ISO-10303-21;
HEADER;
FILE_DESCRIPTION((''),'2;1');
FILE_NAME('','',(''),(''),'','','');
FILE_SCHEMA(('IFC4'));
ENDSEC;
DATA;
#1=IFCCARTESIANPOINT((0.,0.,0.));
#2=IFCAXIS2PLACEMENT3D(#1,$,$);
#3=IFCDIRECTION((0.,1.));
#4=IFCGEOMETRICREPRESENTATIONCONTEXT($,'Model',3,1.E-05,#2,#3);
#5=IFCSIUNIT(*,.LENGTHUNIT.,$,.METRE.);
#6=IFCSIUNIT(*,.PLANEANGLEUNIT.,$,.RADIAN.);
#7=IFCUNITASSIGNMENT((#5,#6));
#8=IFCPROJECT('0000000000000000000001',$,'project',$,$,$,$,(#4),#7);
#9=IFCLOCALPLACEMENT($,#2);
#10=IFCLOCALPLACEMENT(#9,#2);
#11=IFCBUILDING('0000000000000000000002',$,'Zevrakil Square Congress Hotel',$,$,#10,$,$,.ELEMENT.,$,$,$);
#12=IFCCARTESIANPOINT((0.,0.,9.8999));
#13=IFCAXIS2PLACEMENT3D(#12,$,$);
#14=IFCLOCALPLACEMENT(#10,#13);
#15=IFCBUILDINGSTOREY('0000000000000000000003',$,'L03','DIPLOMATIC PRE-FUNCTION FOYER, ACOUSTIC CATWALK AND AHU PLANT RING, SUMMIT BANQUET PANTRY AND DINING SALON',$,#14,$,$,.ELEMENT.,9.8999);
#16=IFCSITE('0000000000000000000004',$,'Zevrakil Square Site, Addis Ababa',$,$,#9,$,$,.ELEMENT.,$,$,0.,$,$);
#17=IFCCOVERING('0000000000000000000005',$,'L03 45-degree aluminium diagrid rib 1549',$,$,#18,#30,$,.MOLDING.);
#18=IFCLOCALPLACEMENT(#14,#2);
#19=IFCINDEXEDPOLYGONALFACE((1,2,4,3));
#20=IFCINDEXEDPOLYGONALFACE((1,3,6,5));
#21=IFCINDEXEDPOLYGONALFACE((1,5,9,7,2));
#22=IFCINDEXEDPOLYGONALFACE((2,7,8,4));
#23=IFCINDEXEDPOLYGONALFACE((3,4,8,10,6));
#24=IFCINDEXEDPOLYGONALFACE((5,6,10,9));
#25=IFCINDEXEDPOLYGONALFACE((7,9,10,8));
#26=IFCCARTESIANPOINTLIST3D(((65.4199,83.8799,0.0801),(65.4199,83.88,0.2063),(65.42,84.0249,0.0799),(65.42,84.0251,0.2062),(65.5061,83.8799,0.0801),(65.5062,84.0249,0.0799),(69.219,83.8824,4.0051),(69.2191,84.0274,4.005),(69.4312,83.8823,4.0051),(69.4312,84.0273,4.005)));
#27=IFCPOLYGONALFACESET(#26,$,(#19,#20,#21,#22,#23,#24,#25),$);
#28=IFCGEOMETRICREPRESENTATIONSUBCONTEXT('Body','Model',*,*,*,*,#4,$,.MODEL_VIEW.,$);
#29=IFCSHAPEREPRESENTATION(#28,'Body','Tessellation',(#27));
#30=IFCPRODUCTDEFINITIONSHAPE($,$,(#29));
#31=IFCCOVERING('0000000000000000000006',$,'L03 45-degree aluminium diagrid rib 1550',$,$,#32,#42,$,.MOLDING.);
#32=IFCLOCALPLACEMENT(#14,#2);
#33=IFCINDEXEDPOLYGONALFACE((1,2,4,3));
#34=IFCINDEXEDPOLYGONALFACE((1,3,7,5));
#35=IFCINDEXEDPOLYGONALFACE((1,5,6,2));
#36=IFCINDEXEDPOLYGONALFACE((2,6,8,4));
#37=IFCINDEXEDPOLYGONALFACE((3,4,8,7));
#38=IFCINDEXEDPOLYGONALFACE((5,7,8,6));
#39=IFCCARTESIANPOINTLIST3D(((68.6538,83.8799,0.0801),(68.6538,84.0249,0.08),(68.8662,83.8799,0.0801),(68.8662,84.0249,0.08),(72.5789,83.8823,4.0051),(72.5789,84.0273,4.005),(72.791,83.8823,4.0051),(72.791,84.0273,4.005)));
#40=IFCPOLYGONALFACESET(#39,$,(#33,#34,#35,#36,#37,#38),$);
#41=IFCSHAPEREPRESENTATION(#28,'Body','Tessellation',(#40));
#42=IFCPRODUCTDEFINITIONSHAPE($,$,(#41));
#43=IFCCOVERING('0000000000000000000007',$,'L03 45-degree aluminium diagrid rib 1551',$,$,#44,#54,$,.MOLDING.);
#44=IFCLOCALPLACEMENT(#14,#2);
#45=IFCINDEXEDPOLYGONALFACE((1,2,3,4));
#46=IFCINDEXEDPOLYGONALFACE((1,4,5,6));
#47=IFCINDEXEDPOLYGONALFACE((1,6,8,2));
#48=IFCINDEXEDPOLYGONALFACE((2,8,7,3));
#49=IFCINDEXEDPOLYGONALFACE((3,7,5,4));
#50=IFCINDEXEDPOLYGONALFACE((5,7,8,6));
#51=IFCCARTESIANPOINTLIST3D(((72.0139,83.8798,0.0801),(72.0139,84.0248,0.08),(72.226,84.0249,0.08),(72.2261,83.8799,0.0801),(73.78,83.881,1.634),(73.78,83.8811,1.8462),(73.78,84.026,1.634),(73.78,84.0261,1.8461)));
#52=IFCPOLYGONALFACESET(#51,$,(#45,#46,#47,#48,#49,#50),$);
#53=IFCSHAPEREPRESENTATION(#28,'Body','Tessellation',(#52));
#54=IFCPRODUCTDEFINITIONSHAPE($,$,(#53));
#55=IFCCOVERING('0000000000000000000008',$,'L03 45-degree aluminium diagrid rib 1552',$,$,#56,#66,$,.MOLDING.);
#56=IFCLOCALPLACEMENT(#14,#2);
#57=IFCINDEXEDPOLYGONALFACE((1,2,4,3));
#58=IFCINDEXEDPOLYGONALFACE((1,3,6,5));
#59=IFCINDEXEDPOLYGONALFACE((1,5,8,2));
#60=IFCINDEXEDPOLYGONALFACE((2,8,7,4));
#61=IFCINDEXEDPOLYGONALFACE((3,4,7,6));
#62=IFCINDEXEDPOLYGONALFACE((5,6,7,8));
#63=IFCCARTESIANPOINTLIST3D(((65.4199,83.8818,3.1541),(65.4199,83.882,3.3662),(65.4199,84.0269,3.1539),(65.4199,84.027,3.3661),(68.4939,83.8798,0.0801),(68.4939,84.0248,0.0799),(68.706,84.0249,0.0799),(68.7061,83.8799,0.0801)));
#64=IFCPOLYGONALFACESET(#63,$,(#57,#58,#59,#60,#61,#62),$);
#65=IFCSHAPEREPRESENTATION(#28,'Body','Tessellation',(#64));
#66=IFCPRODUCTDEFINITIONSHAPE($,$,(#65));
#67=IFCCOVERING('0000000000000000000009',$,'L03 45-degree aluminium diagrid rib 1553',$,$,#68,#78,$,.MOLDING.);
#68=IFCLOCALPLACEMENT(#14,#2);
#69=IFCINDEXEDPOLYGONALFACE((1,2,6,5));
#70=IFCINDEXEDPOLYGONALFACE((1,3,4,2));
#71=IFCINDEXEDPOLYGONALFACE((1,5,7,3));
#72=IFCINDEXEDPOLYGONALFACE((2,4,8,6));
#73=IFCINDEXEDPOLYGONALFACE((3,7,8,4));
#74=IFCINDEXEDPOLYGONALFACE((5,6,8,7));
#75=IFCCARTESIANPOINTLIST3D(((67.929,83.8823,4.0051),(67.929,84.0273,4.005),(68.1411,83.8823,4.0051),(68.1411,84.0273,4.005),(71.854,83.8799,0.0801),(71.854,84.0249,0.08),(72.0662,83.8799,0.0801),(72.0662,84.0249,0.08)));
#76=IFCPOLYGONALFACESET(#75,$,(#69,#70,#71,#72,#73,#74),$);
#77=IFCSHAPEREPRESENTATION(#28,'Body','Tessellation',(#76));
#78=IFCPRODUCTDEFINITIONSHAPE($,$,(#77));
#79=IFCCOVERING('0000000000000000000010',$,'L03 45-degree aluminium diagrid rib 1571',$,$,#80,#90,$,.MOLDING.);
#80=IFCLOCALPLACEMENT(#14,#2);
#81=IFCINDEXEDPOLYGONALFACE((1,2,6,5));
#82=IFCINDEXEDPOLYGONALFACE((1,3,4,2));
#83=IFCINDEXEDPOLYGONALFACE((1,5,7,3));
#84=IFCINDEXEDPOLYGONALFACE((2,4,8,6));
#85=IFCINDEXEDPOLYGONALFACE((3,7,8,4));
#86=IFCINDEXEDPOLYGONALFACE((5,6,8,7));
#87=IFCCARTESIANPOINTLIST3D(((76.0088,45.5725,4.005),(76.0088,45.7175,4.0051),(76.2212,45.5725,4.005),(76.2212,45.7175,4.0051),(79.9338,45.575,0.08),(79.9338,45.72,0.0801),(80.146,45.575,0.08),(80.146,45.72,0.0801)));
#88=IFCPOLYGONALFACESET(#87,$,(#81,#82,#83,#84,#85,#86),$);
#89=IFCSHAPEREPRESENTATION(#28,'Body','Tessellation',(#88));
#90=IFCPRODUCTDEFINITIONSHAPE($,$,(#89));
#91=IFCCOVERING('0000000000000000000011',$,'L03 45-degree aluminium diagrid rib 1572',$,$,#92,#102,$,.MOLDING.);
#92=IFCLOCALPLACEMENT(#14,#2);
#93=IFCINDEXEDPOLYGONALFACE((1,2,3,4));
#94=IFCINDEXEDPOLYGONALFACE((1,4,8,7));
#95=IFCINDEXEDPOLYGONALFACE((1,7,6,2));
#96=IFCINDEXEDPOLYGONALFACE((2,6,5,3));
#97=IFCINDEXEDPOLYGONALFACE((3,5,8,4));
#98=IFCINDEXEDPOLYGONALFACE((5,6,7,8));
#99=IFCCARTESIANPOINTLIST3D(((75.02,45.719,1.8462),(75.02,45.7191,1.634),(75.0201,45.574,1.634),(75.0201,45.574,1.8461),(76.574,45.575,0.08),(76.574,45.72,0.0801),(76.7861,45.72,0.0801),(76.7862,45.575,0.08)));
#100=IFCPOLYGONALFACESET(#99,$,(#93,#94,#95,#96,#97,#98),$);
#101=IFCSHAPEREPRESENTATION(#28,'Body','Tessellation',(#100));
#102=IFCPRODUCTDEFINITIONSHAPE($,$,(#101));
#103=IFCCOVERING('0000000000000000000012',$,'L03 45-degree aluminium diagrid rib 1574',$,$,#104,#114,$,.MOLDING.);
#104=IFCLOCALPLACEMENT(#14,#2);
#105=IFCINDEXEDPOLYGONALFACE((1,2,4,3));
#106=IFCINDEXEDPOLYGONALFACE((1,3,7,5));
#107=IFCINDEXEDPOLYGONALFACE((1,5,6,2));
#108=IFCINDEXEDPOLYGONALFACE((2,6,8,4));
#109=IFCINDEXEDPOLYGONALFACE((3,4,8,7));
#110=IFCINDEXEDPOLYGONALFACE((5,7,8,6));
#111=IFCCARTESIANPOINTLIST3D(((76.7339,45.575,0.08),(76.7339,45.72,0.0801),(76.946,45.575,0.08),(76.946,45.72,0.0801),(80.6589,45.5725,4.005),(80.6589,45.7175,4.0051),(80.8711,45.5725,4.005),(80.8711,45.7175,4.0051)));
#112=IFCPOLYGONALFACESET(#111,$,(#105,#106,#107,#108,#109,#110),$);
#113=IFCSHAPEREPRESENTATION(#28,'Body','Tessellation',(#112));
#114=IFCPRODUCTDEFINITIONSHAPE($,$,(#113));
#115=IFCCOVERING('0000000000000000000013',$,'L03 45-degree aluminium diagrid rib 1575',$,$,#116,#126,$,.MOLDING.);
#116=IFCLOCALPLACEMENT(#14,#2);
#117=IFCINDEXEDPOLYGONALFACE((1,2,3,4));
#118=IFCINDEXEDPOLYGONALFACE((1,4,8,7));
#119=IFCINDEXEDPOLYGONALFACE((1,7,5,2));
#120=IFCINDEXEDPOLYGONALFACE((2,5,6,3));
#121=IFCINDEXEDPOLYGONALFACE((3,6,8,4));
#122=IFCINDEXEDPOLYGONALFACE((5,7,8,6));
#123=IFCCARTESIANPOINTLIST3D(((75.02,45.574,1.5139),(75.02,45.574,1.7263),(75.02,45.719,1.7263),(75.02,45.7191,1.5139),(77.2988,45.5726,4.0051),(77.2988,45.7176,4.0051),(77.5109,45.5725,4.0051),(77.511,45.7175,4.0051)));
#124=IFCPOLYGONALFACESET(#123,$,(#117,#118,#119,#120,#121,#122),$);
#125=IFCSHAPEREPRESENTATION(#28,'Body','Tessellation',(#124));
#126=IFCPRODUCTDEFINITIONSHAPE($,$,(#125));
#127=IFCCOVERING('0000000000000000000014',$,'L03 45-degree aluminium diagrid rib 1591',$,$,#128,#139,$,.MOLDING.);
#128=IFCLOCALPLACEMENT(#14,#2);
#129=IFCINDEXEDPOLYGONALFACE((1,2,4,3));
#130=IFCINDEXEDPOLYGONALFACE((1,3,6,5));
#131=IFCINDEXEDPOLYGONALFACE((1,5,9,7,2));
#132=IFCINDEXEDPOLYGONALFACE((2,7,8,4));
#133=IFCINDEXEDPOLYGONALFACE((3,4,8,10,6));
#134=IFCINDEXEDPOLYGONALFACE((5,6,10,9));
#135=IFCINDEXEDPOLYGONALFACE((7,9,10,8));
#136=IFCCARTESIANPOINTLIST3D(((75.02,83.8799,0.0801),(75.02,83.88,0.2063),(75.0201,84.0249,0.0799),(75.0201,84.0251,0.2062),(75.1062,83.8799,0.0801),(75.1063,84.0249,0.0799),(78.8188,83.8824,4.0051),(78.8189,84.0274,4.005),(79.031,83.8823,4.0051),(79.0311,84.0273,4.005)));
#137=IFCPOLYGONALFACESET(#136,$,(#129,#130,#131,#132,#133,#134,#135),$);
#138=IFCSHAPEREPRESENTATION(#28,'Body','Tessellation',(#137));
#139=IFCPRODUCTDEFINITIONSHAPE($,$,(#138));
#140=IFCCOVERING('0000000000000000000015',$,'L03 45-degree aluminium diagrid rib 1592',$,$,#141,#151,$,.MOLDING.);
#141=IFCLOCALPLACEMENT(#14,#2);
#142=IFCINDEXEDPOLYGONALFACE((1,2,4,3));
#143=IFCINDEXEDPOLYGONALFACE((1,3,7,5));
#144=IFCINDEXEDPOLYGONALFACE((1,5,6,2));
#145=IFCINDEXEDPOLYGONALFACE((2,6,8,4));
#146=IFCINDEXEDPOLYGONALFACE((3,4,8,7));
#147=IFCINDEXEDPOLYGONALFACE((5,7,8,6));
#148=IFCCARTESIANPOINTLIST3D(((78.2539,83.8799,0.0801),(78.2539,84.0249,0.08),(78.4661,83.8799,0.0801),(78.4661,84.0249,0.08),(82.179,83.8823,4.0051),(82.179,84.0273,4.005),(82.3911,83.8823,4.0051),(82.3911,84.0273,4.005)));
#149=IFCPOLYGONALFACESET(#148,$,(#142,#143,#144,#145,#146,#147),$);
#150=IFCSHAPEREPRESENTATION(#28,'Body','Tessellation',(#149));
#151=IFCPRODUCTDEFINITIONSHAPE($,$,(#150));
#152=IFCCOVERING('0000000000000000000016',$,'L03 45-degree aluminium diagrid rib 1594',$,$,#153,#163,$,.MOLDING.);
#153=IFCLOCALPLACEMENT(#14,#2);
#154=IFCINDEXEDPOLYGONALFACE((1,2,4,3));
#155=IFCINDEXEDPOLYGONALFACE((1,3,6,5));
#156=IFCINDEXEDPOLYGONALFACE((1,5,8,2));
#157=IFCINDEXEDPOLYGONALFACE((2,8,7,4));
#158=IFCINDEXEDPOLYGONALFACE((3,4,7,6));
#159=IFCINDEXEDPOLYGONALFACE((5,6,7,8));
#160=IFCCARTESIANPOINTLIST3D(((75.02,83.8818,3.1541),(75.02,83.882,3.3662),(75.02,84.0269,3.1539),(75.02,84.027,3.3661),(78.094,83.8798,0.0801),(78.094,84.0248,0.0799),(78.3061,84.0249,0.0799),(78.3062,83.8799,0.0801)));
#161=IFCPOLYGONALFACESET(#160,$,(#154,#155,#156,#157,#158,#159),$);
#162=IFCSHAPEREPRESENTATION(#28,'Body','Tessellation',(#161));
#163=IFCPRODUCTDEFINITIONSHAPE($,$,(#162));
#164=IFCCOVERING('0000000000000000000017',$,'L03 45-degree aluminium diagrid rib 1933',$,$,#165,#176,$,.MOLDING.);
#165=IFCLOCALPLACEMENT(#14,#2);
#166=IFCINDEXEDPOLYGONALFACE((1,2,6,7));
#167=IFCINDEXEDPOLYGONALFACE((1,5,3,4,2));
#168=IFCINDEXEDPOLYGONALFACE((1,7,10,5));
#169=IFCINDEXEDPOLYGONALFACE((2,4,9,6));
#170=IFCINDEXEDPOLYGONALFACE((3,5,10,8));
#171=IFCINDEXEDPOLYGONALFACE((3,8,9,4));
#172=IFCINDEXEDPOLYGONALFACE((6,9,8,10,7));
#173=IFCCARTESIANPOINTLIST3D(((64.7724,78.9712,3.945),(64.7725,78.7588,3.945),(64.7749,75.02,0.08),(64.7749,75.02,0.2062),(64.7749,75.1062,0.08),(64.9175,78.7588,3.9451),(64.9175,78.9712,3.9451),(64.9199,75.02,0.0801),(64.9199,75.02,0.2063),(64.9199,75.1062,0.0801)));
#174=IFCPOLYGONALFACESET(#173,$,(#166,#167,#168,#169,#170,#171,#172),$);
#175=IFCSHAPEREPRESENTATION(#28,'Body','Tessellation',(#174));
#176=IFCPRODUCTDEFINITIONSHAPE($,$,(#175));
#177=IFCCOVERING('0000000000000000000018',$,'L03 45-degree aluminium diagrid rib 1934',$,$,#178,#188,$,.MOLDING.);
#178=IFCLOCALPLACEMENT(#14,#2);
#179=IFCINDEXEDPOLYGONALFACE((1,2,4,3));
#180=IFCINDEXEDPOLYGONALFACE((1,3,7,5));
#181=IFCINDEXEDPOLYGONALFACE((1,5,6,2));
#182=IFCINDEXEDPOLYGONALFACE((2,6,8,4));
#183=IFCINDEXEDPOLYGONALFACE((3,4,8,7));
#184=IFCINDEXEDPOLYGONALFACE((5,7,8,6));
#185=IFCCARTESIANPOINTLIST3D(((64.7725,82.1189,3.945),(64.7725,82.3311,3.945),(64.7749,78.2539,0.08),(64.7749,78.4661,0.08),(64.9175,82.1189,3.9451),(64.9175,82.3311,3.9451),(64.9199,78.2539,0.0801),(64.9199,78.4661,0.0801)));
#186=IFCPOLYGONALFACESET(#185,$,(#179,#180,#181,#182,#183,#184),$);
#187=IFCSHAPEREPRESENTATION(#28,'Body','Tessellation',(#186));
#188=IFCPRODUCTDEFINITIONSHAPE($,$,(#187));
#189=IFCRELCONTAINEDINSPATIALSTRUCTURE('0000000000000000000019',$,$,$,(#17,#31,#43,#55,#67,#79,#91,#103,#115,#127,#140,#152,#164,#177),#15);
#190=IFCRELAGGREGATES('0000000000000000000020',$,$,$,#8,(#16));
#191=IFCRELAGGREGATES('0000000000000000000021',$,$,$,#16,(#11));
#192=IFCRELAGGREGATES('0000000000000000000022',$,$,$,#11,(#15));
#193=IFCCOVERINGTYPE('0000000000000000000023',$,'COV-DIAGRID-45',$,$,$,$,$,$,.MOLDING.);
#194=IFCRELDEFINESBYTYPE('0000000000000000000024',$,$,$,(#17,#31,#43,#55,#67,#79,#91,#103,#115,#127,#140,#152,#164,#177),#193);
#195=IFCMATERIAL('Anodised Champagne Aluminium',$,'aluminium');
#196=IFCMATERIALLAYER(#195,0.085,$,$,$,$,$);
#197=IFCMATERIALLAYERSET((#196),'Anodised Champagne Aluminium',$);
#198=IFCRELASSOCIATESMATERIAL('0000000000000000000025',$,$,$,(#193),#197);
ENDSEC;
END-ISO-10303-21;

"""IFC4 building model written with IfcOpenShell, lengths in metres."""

from ifc_helpers import new_model, si_unit, direction, frame, origin, place, context, subcontext, project, spatial, polyline, outline, extrude, material, layer, layer_set, type_object, element, save


model = new_model("IFC4")

# Units and contexts
model_context = context("Model", 3, precision=1e-05, world=origin(), true_north=direction((0.0, 1.0)))
body_context = subcontext(model_context, "Body", "Model", "MODEL_VIEW")
ifc_project = project(units=[si_unit("LENGTHUNIT", "METRE"), si_unit("PLANEANGLEUNIT", "RADIAN")], contexts=[model_context])

# Site, building, storey
site_placement = place(None, origin())
site = spatial("IfcSite", under=ifc_project, at=site_placement, Name="Zevrakil Square Site, Addis Ababa", CompositionType="ELEMENT", RefElevation=0.0)
building_placement = place(site_placement, origin())
building = spatial("IfcBuilding", under=site, at=building_placement, Name="Zevrakil Square Congress Hotel", CompositionType="ELEMENT")
storey_placement = place(building_placement, frame((0.0, 0.0, 9.8999)))
storey = spatial("IfcBuildingStorey", under=building, at=storey_placement, Name="L03", Description="DIPLOMATIC PRE-FUNCTION FOYER, ACOUSTIC CATWALK AND AHU PLANT RING, SUMMIT BANQUET PANTRY AND DINING SALON", CompositionType="ELEMENT", Elevation=9.8999)

# Coverings
ifc_material_1 = material(Name="Anodised Champagne Aluminium", Category="aluminium")
ifc_layer_1 = layer(ifc_material_1, 0.085)
ifc_layer_set_1 = layer_set([ifc_layer_1], Name="Anodised Champagne Aluminium")
covering_type_1 = type_object("IfcCoveringType", Name="COV-DIAGRID-45", PredefinedType="MOLDING", material=ifc_layer_set_1)
covering_1_placement = place(storey_placement, frame((65.5061, 83.8799, 0.0801), z_axis=(-0.000394, -0.999999, 0.001003), x_axis=(-1.0, 0.000394, 0.0)))
element("IfcCovering", 1, at=covering_1_placement, inside=storey, type_object=covering_type_1, Name="L03 45-degree aluminium diagrid rib 1549", PredefinedType="MOLDING", context=body_context, shape_type="SweptSolid", body=[
    extrude(outline(polyline([(0.0, 0.0), (0.0862, 0.0), (0.0862, -0.1262), (-3.7129, -3.925), (-3.925, -3.925), (0.0, 0.0)])), origin(), (0.0, 0.0, -1.0), 0.145),
])
covering_2_placement = place(storey_placement, frame((68.8662, 83.8799, 0.0801), z_axis=(0.0, -1.0, 0.000622), x_axis=(-1.0, 0.0, 0.0)))
element("IfcCovering", 2, at=covering_2_placement, inside=storey, type_object=covering_type_1, Name="L03 45-degree aluminium diagrid rib 1550", PredefinedType="MOLDING", context=body_context, shape_type="SweptSolid", body=[
    extrude(outline(polyline([(0.0, 0.0), (0.2124, 0.0), (-3.7126, -3.925), (-3.9248, -3.925), (0.0, 0.0)])), origin(), (0.0, 0.0, -1.0), 0.145),
])
covering_3_placement = place(storey_placement, frame((72.2261, 83.8799, 0.0801), z_axis=(0.000368, -1.0, 0.000368), x_axis=(-1.0, -0.000368, 0.0)))
element("IfcCovering", 3, at=covering_3_placement, inside=storey, type_object=covering_type_1, Name="L03 45-degree aluminium diagrid rib 1551", PredefinedType="MOLDING", context=body_context, shape_type="SweptSolid", body=[
    extrude(outline(polyline([(0.0, 0.0), (0.2122, 0.0), (-1.554, -1.7661), (-1.554, -1.554), (0.0, 0.0)])), origin(), (0.0, 0.0, -1.0), 0.145),
])
covering_4_placement = place(storey_placement, frame((65.4199, 83.8818, 3.1541), z_axis=(0.000249, -1.0, 0.000902), x_axis=(0.0, 0.000902, 1.0)))
element("IfcCovering", 4, at=covering_4_placement, inside=storey, type_object=covering_type_1, Name="L03 45-degree aluminium diagrid rib 1552", PredefinedType="MOLDING", context=body_context, shape_type="SweptSolid", body=[
    extrude(outline(polyline([(0.0, 0.0), (0.2122, 0.0), (-3.074, -3.2861), (-3.074, -3.074), (0.0, 0.0)])), origin(), (0.0, 0.0, -1.0), 0.145),
])
covering_5_placement = place(storey_placement, frame((67.929, 83.8823, 4.0051), z_axis=(0.0, -1.0, 0.000622), x_axis=(1.0, 0.0, 0.0)))
element("IfcCovering", 5, at=covering_5_placement, inside=storey, type_object=covering_type_1, Name="L03 45-degree aluminium diagrid rib 1553", PredefinedType="MOLDING", context=body_context, shape_type="SweptSolid", body=[
    extrude(outline(polyline([(0.0, 0.0), (0.2122, 0.0), (4.1372, -3.925), (3.925, -3.925), (0.0, 0.0)])), origin(), (0.0, 0.0, -1.0), 0.145),
])
covering_6_placement = place(storey_placement, frame((79.9338, 45.72, 0.0801), z_axis=(0.0, 1.0, 0.000622), x_axis=(1.0, 0.0, 0.0)))
element("IfcCovering", 6, at=covering_6_placement, inside=storey, type_object=covering_type_1, Name="L03 45-degree aluminium diagrid rib 1571", PredefinedType="MOLDING", context=body_context, shape_type="SweptSolid", body=[
    extrude(outline(polyline([(0.0, 0.0), (0.2122, 0.0), (-3.7126, -3.925), (-3.925, -3.925), (0.0, 0.0)])), origin(), (0.0, 0.0, -1.0), 0.145),
])
covering_7_placement = place(storey_placement, frame((76.574, 45.72, 0.0801), z_axis=(-0.000294, 1.0, 0.000294), x_axis=(1.0, 0.000294, 0.0)))
element("IfcCovering", 7, at=covering_7_placement, inside=storey, type_object=covering_type_1, Name="L03 45-degree aluminium diagrid rib 1572", PredefinedType="MOLDING", context=body_context, shape_type="SweptSolid", body=[
    extrude(outline(polyline([(0.0, 0.0), (0.2122, 0.0), (-1.554, -1.7661), (-1.554, -1.554), (0.0, 0.0)])), origin(), (0.0, 0.0, -1.0), 0.145),
])
covering_8_placement = place(storey_placement, frame((80.8711, 45.7175, 4.0051), z_axis=(0.0, 1.0, 0.000622), x_axis=(-1.0, 0.0, 0.0)))
element("IfcCovering", 8, at=covering_8_placement, inside=storey, type_object=covering_type_1, Name="L03 45-degree aluminium diagrid rib 1574", PredefinedType="MOLDING", context=body_context, shape_type="SweptSolid", body=[
    extrude(outline(polyline([(0.0, 0.0), (0.2122, 0.0), (4.1372, -3.925), (3.925, -3.925), (0.0, 0.0)])), origin(), (0.0, 0.0, -1.0), 0.145),
])
covering_9_placement = place(storey_placement, frame((77.511, 45.7175, 4.0051), z_axis=(0.000307, 1.0, 0.000307), x_axis=(-1.0, 0.000307, 0.0)))
element("IfcCovering", 9, at=covering_9_placement, inside=storey, type_object=covering_type_1, Name="L03 45-degree aluminium diagrid rib 1575", PredefinedType="MOLDING", context=body_context, shape_type="SweptSolid", body=[
    extrude(outline(polyline([(0.0, 0.0), (0.2122, 0.0), (2.491, -2.2788), (2.491, -2.4912), (0.0, 0.0)])), origin(), (0.0, 0.0, -1.0), 0.145),
])
covering_10_placement = place(storey_placement, frame((75.1062, 83.8799, 0.0801), z_axis=(-0.000394, -0.999999, 0.001003), x_axis=(-1.0, 0.000394, 0.0)))
element("IfcCovering", 10, at=covering_10_placement, inside=storey, type_object=covering_type_1, Name="L03 45-degree aluminium diagrid rib 1591", PredefinedType="MOLDING", context=body_context, shape_type="SweptSolid", body=[
    extrude(outline(polyline([(0.0, 0.0), (0.0862, 0.0), (0.0862, -0.1262), (-3.7126, -3.925), (-3.9248, -3.925), (0.0, 0.0)])), origin(), (0.0, 0.0, -1.0), 0.145),
])
covering_11_placement = place(storey_placement, frame((78.4661, 83.8799, 0.0801), z_axis=(0.0, -1.0, 0.000622), x_axis=(-1.0, 0.0, 0.0)))
element("IfcCovering", 11, at=covering_11_placement, inside=storey, type_object=covering_type_1, Name="L03 45-degree aluminium diagrid rib 1592", PredefinedType="MOLDING", context=body_context, shape_type="SweptSolid", body=[
    extrude(outline(polyline([(0.0, 0.0), (0.2122, 0.0), (-3.7129, -3.925), (-3.925, -3.925), (0.0, 0.0)])), origin(), (0.0, 0.0, -1.0), 0.145),
])
covering_12_placement = place(storey_placement, frame((75.02, 83.8818, 3.1541), z_axis=(0.000249, -1.0, 0.000902), x_axis=(0.0, 0.000902, 1.0)))
element("IfcCovering", 12, at=covering_12_placement, inside=storey, type_object=covering_type_1, Name="L03 45-degree aluminium diagrid rib 1594", PredefinedType="MOLDING", context=body_context, shape_type="SweptSolid", body=[
    extrude(outline(polyline([(0.0, 0.0), (0.2122, 0.0), (-3.074, -3.2861), (-3.074, -3.074), (0.0, 0.0)])), origin(), (0.0, 0.0, -1.0), 0.145),
])
covering_13_placement = place(storey_placement, frame((64.9199, 75.1062, 0.0801), z_axis=(1.0, 0.00019, 0.000448), x_axis=(0.00019, -1.0, 0.0)))
element("IfcCovering", 13, at=covering_13_placement, inside=storey, type_object=covering_type_1, Name="L03 45-degree aluminium diagrid rib 1933", PredefinedType="MOLDING", context=body_context, shape_type="SweptSolid", body=[
    extrude(outline(polyline([(0.0, 0.0), (0.0862, 0.0), (0.0862, -0.1262), (-3.6526, -3.865), (-3.865, -3.865), (0.0, 0.0)])), origin(), (0.0, 0.0, -1.0), 0.145),
])
covering_14_placement = place(storey_placement, frame((64.9199, 78.4661, 0.0801), z_axis=(1.0, 0.0, 0.000632), x_axis=(0.0, -1.0, 0.0)))
element("IfcCovering", 14, at=covering_14_placement, inside=storey, type_object=covering_type_1, Name="L03 45-degree aluminium diagrid rib 1934", PredefinedType="MOLDING", context=body_context, shape_type="SweptSolid", body=[
    extrude(outline(polyline([(0.0, 0.0), (0.2122, 0.0), (-3.6528, -3.865), (-3.865, -3.865), (0.0, 0.0)])), origin(), (0.0, 0.0, -1.0), 0.145),
])

save(model, "model.ifc")
